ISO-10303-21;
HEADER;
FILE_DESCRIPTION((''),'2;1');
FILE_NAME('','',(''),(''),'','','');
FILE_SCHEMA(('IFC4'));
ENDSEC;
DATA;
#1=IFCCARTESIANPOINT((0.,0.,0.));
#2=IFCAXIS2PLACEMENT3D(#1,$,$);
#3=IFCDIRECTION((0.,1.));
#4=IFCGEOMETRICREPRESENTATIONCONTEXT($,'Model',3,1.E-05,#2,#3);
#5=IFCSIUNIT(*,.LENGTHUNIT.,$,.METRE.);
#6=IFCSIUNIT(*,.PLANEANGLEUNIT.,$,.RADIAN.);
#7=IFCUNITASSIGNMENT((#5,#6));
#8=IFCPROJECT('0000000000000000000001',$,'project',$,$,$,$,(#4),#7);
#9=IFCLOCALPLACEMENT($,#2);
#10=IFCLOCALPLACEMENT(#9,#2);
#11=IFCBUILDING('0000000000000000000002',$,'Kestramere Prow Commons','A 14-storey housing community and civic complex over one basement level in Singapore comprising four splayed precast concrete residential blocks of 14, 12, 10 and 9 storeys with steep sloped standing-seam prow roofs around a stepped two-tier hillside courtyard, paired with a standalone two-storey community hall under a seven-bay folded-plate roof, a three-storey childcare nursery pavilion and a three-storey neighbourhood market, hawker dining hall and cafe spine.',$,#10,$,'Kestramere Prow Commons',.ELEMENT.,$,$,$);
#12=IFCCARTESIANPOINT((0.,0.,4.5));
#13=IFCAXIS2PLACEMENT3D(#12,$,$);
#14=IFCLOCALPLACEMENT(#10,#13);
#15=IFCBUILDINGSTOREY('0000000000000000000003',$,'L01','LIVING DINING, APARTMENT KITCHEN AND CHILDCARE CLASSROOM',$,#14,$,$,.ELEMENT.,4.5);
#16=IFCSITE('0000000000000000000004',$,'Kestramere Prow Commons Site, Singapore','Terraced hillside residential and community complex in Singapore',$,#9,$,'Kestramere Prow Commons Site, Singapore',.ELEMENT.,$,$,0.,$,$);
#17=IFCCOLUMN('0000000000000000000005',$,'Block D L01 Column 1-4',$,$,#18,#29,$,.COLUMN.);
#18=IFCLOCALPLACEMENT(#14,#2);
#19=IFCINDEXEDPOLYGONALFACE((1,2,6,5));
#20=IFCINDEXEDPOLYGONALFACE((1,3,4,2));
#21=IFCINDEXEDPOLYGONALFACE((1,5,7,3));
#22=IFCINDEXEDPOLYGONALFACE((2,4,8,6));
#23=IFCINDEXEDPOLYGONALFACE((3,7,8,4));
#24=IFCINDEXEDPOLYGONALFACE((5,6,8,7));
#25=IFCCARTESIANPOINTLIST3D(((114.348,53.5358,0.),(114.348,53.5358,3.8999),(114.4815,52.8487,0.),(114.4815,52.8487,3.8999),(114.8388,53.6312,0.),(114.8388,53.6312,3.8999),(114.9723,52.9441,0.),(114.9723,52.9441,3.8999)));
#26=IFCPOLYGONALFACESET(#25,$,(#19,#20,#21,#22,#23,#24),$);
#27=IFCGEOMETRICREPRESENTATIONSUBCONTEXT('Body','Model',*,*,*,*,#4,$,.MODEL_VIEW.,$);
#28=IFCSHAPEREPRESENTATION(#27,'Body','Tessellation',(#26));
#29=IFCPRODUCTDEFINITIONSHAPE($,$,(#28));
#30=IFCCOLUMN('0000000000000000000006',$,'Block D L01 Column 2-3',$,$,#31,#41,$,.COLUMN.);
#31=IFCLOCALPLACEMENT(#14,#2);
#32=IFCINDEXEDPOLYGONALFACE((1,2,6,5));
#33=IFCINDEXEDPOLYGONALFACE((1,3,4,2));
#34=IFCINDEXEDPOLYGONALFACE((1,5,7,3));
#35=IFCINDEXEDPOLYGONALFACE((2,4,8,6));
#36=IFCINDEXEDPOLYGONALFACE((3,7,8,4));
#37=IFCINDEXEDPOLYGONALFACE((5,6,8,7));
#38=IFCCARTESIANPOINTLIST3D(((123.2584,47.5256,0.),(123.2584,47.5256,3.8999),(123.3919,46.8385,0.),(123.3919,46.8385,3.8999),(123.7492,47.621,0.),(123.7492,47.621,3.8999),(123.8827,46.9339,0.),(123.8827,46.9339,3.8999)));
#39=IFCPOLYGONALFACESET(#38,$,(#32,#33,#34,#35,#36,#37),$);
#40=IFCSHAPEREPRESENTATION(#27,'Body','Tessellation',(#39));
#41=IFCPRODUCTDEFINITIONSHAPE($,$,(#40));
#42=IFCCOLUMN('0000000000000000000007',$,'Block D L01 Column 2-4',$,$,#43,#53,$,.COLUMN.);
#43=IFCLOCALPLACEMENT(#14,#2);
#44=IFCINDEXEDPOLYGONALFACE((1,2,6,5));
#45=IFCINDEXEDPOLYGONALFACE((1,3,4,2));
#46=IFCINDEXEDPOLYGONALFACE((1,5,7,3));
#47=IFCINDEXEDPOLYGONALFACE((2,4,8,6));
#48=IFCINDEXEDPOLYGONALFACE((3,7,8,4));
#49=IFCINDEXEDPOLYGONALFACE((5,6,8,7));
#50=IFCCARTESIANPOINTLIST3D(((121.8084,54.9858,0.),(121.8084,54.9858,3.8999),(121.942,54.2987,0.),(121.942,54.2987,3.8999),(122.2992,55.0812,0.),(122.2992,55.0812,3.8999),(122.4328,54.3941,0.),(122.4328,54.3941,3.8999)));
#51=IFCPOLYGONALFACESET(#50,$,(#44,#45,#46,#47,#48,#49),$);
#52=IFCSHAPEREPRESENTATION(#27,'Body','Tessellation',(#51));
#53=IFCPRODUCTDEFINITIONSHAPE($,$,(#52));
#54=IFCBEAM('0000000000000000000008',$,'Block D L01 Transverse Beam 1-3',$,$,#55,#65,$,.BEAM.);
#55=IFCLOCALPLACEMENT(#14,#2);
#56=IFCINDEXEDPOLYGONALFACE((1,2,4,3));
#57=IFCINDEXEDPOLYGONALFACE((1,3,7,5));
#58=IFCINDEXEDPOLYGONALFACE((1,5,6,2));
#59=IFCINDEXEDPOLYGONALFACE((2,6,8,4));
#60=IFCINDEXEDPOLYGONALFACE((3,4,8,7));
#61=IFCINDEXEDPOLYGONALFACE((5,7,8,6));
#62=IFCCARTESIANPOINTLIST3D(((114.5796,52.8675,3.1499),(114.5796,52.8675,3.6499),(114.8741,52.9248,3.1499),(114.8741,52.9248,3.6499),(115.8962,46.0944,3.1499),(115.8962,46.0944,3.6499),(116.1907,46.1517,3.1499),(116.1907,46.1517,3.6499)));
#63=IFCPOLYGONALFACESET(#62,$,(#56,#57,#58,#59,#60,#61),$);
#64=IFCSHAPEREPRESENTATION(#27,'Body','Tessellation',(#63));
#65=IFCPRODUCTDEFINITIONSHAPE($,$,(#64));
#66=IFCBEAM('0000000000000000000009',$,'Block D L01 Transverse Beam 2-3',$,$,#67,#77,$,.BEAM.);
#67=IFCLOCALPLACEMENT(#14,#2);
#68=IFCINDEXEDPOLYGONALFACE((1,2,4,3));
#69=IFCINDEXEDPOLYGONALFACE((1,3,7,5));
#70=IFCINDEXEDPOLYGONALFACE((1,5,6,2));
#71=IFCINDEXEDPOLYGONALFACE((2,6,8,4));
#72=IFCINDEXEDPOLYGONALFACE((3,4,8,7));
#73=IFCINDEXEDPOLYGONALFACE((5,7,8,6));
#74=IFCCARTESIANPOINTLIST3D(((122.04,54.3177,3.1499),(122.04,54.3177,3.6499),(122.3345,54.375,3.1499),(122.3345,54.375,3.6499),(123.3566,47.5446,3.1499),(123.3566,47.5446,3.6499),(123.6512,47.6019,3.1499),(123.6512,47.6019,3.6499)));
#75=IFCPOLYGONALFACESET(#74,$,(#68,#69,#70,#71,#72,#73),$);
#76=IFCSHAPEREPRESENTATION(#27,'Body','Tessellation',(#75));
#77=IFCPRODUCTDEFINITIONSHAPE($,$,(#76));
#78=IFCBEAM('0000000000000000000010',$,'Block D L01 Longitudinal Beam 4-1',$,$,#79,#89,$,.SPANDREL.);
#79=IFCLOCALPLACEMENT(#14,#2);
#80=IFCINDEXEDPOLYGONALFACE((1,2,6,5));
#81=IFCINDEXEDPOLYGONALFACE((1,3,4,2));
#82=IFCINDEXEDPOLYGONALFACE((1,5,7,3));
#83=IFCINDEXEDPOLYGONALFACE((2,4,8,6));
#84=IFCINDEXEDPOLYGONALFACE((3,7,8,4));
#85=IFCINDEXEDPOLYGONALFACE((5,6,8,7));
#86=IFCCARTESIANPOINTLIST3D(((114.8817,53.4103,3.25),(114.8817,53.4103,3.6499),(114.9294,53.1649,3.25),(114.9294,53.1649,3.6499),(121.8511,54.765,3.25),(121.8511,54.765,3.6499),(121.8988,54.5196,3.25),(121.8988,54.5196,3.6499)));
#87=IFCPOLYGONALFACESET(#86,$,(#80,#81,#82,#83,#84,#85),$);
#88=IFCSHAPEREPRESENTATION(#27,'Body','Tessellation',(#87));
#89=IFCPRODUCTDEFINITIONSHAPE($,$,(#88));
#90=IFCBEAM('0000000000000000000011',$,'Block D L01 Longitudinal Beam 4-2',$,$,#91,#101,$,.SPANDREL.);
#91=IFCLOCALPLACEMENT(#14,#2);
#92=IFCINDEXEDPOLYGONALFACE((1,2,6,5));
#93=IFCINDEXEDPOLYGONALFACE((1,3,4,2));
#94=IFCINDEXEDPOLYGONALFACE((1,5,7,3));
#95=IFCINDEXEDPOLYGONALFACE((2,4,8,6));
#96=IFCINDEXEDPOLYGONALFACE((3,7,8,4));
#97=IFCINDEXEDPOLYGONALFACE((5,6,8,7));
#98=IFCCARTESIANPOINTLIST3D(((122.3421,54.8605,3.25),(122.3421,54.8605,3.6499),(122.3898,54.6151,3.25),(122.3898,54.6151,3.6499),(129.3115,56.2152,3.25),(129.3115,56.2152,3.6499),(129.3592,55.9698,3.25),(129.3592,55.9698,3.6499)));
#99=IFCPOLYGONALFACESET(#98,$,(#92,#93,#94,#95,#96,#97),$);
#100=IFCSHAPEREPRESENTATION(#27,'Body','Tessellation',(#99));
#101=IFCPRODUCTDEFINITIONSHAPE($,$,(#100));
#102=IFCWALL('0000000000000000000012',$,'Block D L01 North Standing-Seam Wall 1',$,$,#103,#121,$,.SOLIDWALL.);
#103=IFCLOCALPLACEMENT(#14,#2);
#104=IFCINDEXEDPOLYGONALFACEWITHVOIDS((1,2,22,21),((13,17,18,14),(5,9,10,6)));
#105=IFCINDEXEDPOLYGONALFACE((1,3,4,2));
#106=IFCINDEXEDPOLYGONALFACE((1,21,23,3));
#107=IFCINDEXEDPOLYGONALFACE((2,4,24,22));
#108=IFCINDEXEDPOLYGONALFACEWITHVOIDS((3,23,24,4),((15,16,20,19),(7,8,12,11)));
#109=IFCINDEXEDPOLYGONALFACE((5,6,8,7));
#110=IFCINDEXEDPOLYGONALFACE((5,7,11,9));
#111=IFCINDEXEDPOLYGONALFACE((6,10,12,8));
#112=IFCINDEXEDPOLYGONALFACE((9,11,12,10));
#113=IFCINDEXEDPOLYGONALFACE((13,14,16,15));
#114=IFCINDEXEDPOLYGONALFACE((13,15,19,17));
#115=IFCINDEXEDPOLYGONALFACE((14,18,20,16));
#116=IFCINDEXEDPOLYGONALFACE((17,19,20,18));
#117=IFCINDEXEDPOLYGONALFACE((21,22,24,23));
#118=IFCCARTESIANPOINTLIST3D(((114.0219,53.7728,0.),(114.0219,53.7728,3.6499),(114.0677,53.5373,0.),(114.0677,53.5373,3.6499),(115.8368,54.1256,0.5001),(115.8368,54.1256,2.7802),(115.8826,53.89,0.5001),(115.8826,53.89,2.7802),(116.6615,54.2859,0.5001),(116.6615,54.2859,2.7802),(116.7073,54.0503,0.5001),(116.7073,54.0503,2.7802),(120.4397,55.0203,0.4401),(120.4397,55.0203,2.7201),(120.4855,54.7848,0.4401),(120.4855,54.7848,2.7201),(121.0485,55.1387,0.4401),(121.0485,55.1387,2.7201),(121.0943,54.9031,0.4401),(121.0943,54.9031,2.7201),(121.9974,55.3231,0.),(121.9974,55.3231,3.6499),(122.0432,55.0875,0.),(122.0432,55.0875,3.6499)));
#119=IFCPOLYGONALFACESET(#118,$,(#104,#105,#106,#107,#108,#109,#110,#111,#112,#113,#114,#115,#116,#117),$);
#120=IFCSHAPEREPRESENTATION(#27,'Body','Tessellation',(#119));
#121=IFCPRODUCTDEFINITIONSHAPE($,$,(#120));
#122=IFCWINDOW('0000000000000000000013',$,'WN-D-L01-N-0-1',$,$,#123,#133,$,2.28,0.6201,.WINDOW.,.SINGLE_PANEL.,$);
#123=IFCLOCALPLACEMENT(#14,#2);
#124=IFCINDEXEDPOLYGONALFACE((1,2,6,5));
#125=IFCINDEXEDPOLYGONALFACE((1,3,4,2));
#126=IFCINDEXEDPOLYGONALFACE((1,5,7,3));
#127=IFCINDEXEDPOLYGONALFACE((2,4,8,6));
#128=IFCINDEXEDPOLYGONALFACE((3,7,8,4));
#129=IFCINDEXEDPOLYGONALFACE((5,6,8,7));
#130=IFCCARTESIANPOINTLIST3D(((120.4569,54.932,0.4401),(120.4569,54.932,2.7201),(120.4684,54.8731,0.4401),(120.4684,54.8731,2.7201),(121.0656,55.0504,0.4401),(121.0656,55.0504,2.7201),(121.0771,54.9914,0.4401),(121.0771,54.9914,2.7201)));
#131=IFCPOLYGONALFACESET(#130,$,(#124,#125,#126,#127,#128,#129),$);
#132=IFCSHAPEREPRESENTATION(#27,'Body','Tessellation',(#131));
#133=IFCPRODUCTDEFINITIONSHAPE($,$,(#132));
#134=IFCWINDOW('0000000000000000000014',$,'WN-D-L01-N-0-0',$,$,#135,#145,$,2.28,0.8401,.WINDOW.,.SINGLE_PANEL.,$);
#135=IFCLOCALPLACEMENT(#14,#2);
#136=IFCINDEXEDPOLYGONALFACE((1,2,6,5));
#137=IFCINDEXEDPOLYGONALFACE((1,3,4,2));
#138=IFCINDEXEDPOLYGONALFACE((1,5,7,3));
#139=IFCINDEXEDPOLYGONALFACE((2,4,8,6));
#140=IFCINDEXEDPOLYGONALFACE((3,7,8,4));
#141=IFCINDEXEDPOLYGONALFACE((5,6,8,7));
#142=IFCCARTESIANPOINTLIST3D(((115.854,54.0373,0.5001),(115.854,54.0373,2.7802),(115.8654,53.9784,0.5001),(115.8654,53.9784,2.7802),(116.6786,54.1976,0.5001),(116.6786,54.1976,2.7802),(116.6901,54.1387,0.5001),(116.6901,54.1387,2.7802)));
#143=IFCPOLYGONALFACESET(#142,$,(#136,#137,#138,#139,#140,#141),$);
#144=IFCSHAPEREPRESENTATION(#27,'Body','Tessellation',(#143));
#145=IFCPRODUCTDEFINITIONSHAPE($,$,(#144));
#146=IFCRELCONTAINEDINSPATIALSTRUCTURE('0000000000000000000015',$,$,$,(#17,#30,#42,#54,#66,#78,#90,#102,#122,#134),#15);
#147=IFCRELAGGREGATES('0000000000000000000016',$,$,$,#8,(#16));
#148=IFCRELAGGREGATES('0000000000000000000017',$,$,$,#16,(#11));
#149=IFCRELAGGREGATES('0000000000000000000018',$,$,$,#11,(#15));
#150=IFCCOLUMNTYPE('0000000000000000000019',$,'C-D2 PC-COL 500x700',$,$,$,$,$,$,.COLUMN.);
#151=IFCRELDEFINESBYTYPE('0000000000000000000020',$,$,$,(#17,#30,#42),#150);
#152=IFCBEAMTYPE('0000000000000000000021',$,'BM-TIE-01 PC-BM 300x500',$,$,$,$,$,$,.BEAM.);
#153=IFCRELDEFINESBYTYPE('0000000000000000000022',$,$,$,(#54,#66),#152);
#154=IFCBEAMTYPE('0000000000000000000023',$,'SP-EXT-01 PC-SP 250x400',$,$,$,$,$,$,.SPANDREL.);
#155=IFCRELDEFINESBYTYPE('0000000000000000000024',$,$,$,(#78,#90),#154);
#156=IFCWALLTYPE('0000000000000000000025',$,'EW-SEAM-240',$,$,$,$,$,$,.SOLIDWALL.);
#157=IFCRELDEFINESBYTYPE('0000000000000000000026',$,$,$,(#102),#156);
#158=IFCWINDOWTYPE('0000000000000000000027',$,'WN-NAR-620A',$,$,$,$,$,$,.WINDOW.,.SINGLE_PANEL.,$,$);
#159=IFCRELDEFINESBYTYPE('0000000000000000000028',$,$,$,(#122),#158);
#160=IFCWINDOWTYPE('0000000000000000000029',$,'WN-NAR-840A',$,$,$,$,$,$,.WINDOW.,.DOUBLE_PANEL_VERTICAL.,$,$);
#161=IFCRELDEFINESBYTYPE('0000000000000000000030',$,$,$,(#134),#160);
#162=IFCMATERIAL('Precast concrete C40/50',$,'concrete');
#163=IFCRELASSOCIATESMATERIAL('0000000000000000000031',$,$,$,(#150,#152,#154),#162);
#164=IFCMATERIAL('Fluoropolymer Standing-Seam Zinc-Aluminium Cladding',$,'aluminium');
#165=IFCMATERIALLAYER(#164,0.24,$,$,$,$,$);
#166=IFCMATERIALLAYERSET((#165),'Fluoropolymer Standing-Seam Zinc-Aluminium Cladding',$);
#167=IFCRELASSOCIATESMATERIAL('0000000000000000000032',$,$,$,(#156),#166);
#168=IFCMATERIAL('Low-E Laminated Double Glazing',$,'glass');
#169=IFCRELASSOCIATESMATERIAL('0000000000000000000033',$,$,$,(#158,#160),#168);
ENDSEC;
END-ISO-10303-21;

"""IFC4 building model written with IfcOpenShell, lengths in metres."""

from ifc_helpers import new_model, si_unit, direction, frame, frame_2d, origin, origin_2d, place, context, subcontext, project, spatial, rectangle, extrude, material, layer, layer_set, material_profile, profile_set, type_object, element, fill, save


model = new_model("IFC4")

# Units and contexts
model_context = context("Model", 3, precision=1e-05, world=origin(), true_north=direction((0.0, 1.0)))
body_context = subcontext(model_context, "Body", "Model", "MODEL_VIEW")
ifc_project = project(units=[si_unit("LENGTHUNIT", "METRE"), si_unit("PLANEANGLEUNIT", "RADIAN")], contexts=[model_context])

# Site, building, storey
site_placement = place(None, origin())
site = spatial("IfcSite", under=ifc_project, at=site_placement, Name="Kestramere Prow Commons Site, Singapore", Description="Terraced hillside residential and community complex in Singapore", LongName="Kestramere Prow Commons Site, Singapore", CompositionType="ELEMENT", RefElevation=0.0)
building_placement = place(site_placement, origin())
building = spatial("IfcBuilding", under=site, at=building_placement, Name="Kestramere Prow Commons", Description="A 14-storey housing community and civic complex over one basement level in Singapore comprising four splayed precast concrete residential blocks of 14, 12, 10 and 9 storeys with steep sloped standing-seam prow roofs around a stepped two-tier hillside courtyard, paired with a standalone two-storey community hall under a seven-bay folded-plate roof, a three-storey childcare nursery pavilion and a three-storey neighbourhood market, hawker dining hall and cafe spine.", LongName="Kestramere Prow Commons", CompositionType="ELEMENT")
storey_placement = place(building_placement, frame((0.0, 0.0, 4.5)))
storey = spatial("IfcBuildingStorey", under=building, at=storey_placement, Name="L01", Description="LIVING DINING, APARTMENT KITCHEN AND CHILDCARE CLASSROOM", CompositionType="ELEMENT", Elevation=4.5)

# Columns
ifc_material_1 = material(Name="Precast concrete C40/50", Category="concrete")
ifc_material_profile_1 = material_profile(ifc_material_1, rectangle(XDim=0.5, YDim=0.7, at=origin_2d()), Name="PC-COL 500x700")
ifc_profile_set_1 = profile_set([ifc_material_profile_1], Name="Precast concrete C40/50")
column_type = type_object("IfcColumnType", Name="C-D2 PC-COL 500x700", PredefinedType="COLUMN", material=ifc_profile_set_1)
for number, where, z_axis, x_axis, name in (
    (1, (114.6602, 53.24, 0.0), (0.0, 0.0, 1.0), (0.981627, 0.190809, 0.0), "Block D L01 Column 1-4"),
    (2, (123.5706, 47.2297, 0.0), (0.0, 0.0, 1.0), (0.981627, 0.190809, 0.0), "Block D L01 Column 2-3"),
    (3, (122.1206, 54.6899, 0.0), (0.0, 0.0, 1.0), (0.981627, 0.190809, 0.0), "Block D L01 Column 2-4"),
):
    element("IfcColumn", number, at=place(storey_placement, frame(where, z_axis=z_axis, x_axis=x_axis)), inside=storey, type_object=column_type, Name=name, PredefinedType="COLUMN", context=body_context, shape_type="SweptSolid", body=[
        extrude(rectangle(XDim=0.5, YDim=0.7, at=origin_2d()), origin(), (0.0, 0.0, 1.0), 3.8999),
    ])

# Beams
ifc_material_profile_2 = material_profile(ifc_material_1, rectangle(XDim=0.3, YDim=0.5, at=origin_2d()), Name="PC-BM 300x500")
ifc_profile_set_2 = profile_set([ifc_material_profile_2], Name="Precast concrete C40/50")
beam_type_1 = type_object("IfcBeamType", Name="BM-TIE-01 PC-BM 300x500", PredefinedType="BEAM", material=ifc_profile_set_2)
for number, where, z_axis, x_axis, name in (
    (4, (116.0435, 46.123, 3.3999), (-0.190819, 0.981625, 0.0), (-0.981625, -0.190819, 0.0), "Block D L01 Transverse Beam 1-3"),
    (5, (123.5039, 47.5732, 3.3999), (-0.190819, 0.981625, 0.0), (-0.981625, -0.190819, 0.0), "Block D L01 Transverse Beam 2-3"),
):
    element("IfcBeam", number, at=place(storey_placement, frame(where, z_axis=z_axis, x_axis=x_axis)), inside=storey, type_object=beam_type_1, Name=name, PredefinedType="BEAM", context=body_context, shape_type="SweptSolid", body=[
        extrude(rectangle(XDim=0.3, YDim=0.5, at=origin_2d()), origin(), (0.0, 0.0, 1.0), 6.8999),
    ])
ifc_material_profile_3 = material_profile(ifc_material_1, rectangle(XDim=0.25, YDim=0.3999, at=origin_2d()), Name="PC-SP 250x400")
ifc_profile_set_3 = profile_set([ifc_material_profile_3], Name="Precast concrete C40/50")
beam_type_2 = type_object("IfcBeamType", Name="SP-EXT-01 PC-SP 250x400", PredefinedType="SPANDREL", material=ifc_profile_set_3)
for number, where, z_axis, x_axis, name in (
    (6, (114.9055, 53.2876, 3.45), (0.981627, 0.19081, 0.0), (-0.19081, 0.981627, 0.0), "Block D L01 Longitudinal Beam 4-1"),
    (7, (122.366, 54.7378, 3.45), (0.981627, 0.19081, 0.0), (-0.19081, 0.981627, 0.0), "Block D L01 Longitudinal Beam 4-2"),
):
    element("IfcBeam", number, at=place(storey_placement, frame(where, z_axis=z_axis, x_axis=x_axis)), inside=storey, type_object=beam_type_2, Name=name, PredefinedType="SPANDREL", context=body_context, shape_type="SweptSolid", body=[
        extrude(rectangle(XDim=0.25, YDim=0.3999, at=origin_2d()), origin(), (0.0, 0.0, 1.0), 7.0999),
    ])

# Wall, openings, windows
ifc_material_2 = material(Name="Fluoropolymer Standing-Seam Zinc-Aluminium Cladding", Category="aluminium")
ifc_layer_1 = layer(ifc_material_2, 0.24)
ifc_layer_set_1 = layer_set([ifc_layer_1], Name="Fluoropolymer Standing-Seam Zinc-Aluminium Cladding")
wall_type_1 = type_object("IfcWallType", Name="EW-SEAM-240", PredefinedType="SOLIDWALL", material=ifc_layer_set_1)
wall_1_placement = place(storey_placement, frame((114.0447, 53.655, 0.0), z_axis=(0.0, 0.0, 1.0), x_axis=(0.981627, 0.190809, 0.0)))
wall_1 = element("IfcWall", 8, at=wall_1_placement, inside=storey, type_object=wall_type_1, Name="Block D L01 North Standing-Seam Wall 1", PredefinedType="SOLIDWALL", context=body_context, shape_type="SweptSolid", body=[
    extrude(rectangle(XDim=8.1248, YDim=0.24, at=frame_2d((4.0625, 0.0))), origin(), (0.0, 0.0, 1.0), 3.6499),
])
opening_1_placement = place(wall_1_placement, frame((1.8491, 0.0, 0.5)))
opening_1 = element("IfcOpeningElement", 9, at=opening_1_placement, cuts=wall_1, PredefinedType="OPENING", context=body_context, shape_type="SweptSolid", body=[
    extrude(rectangle(XDim=0.8401, YDim=2.28, at=frame_2d((0.4199, 1.1401))), frame((0.0, 0.135, 0.0), z_axis=(0.0, -1.0, 0.0), x_axis=(1.0, 0.0, 0.0)), (0.0, 0.0, 1.0), 0.27),
])
opening_2_placement = place(wall_1_placement, frame((6.5381, 0.0, 0.4399)))
opening_2 = element("IfcOpeningElement", 10, at=opening_2_placement, cuts=wall_1, PredefinedType="OPENING", context=body_context, shape_type="SweptSolid", body=[
    extrude(rectangle(XDim=0.6201, YDim=2.28, at=frame_2d((0.3101, 1.1401))), frame((0.0, 0.135, 0.0), z_axis=(0.0, -1.0, 0.0), x_axis=(1.0, 0.0, 0.0)), (0.0, 0.0, 1.0), 0.27),
])
ifc_material_3 = material(Name="Low-E Laminated Double Glazing", Category="glass")
window_type_1 = type_object("IfcWindowType", Name="WN-NAR-620A", PartitioningType="SINGLE_PANEL", PredefinedType="WINDOW", material=ifc_material_3)
window_1_placement = place(opening_2_placement, origin())
window_1 = element("IfcWindow", 11, at=window_1_placement, inside=storey, type_object=window_type_1, Name="WN-D-L01-N-0-1", OverallHeight=2.28, OverallWidth=0.6201, PartitioningType="SINGLE_PANEL", PredefinedType="WINDOW", context=body_context, shape_type="SweptSolid", body=[
    extrude(rectangle(XDim=0.6201, YDim=2.28, at=frame_2d((0.3101, 1.1401))), frame((0.0, 0.03, 0.0), z_axis=(0.0, -1.0, 0.0), x_axis=(1.0, 0.0, 0.0)), (0.0, 0.0, 1.0), 0.0601),
])
fill(opening_2, window_1)
window_type_2 = type_object("IfcWindowType", Name="WN-NAR-840A", PartitioningType="DOUBLE_PANEL_VERTICAL", PredefinedType="WINDOW", material=ifc_material_3)
window_2_placement = place(opening_1_placement, origin())
window_2 = element("IfcWindow", 12, at=window_2_placement, inside=storey, type_object=window_type_2, Name="WN-D-L01-N-0-0", OverallHeight=2.28, OverallWidth=0.8401, PartitioningType="SINGLE_PANEL", PredefinedType="WINDOW", context=body_context, shape_type="SweptSolid", body=[
    extrude(rectangle(XDim=0.8401, YDim=2.28, at=frame_2d((0.4199, 1.1401))), frame((0.0, 0.03, 0.0), z_axis=(0.0, -1.0, 0.0), x_axis=(1.0, 0.0, 0.0)), (0.0, 0.0, 1.0), 0.0601),
])
fill(opening_1, window_2)

save(model, "model.ifc")
